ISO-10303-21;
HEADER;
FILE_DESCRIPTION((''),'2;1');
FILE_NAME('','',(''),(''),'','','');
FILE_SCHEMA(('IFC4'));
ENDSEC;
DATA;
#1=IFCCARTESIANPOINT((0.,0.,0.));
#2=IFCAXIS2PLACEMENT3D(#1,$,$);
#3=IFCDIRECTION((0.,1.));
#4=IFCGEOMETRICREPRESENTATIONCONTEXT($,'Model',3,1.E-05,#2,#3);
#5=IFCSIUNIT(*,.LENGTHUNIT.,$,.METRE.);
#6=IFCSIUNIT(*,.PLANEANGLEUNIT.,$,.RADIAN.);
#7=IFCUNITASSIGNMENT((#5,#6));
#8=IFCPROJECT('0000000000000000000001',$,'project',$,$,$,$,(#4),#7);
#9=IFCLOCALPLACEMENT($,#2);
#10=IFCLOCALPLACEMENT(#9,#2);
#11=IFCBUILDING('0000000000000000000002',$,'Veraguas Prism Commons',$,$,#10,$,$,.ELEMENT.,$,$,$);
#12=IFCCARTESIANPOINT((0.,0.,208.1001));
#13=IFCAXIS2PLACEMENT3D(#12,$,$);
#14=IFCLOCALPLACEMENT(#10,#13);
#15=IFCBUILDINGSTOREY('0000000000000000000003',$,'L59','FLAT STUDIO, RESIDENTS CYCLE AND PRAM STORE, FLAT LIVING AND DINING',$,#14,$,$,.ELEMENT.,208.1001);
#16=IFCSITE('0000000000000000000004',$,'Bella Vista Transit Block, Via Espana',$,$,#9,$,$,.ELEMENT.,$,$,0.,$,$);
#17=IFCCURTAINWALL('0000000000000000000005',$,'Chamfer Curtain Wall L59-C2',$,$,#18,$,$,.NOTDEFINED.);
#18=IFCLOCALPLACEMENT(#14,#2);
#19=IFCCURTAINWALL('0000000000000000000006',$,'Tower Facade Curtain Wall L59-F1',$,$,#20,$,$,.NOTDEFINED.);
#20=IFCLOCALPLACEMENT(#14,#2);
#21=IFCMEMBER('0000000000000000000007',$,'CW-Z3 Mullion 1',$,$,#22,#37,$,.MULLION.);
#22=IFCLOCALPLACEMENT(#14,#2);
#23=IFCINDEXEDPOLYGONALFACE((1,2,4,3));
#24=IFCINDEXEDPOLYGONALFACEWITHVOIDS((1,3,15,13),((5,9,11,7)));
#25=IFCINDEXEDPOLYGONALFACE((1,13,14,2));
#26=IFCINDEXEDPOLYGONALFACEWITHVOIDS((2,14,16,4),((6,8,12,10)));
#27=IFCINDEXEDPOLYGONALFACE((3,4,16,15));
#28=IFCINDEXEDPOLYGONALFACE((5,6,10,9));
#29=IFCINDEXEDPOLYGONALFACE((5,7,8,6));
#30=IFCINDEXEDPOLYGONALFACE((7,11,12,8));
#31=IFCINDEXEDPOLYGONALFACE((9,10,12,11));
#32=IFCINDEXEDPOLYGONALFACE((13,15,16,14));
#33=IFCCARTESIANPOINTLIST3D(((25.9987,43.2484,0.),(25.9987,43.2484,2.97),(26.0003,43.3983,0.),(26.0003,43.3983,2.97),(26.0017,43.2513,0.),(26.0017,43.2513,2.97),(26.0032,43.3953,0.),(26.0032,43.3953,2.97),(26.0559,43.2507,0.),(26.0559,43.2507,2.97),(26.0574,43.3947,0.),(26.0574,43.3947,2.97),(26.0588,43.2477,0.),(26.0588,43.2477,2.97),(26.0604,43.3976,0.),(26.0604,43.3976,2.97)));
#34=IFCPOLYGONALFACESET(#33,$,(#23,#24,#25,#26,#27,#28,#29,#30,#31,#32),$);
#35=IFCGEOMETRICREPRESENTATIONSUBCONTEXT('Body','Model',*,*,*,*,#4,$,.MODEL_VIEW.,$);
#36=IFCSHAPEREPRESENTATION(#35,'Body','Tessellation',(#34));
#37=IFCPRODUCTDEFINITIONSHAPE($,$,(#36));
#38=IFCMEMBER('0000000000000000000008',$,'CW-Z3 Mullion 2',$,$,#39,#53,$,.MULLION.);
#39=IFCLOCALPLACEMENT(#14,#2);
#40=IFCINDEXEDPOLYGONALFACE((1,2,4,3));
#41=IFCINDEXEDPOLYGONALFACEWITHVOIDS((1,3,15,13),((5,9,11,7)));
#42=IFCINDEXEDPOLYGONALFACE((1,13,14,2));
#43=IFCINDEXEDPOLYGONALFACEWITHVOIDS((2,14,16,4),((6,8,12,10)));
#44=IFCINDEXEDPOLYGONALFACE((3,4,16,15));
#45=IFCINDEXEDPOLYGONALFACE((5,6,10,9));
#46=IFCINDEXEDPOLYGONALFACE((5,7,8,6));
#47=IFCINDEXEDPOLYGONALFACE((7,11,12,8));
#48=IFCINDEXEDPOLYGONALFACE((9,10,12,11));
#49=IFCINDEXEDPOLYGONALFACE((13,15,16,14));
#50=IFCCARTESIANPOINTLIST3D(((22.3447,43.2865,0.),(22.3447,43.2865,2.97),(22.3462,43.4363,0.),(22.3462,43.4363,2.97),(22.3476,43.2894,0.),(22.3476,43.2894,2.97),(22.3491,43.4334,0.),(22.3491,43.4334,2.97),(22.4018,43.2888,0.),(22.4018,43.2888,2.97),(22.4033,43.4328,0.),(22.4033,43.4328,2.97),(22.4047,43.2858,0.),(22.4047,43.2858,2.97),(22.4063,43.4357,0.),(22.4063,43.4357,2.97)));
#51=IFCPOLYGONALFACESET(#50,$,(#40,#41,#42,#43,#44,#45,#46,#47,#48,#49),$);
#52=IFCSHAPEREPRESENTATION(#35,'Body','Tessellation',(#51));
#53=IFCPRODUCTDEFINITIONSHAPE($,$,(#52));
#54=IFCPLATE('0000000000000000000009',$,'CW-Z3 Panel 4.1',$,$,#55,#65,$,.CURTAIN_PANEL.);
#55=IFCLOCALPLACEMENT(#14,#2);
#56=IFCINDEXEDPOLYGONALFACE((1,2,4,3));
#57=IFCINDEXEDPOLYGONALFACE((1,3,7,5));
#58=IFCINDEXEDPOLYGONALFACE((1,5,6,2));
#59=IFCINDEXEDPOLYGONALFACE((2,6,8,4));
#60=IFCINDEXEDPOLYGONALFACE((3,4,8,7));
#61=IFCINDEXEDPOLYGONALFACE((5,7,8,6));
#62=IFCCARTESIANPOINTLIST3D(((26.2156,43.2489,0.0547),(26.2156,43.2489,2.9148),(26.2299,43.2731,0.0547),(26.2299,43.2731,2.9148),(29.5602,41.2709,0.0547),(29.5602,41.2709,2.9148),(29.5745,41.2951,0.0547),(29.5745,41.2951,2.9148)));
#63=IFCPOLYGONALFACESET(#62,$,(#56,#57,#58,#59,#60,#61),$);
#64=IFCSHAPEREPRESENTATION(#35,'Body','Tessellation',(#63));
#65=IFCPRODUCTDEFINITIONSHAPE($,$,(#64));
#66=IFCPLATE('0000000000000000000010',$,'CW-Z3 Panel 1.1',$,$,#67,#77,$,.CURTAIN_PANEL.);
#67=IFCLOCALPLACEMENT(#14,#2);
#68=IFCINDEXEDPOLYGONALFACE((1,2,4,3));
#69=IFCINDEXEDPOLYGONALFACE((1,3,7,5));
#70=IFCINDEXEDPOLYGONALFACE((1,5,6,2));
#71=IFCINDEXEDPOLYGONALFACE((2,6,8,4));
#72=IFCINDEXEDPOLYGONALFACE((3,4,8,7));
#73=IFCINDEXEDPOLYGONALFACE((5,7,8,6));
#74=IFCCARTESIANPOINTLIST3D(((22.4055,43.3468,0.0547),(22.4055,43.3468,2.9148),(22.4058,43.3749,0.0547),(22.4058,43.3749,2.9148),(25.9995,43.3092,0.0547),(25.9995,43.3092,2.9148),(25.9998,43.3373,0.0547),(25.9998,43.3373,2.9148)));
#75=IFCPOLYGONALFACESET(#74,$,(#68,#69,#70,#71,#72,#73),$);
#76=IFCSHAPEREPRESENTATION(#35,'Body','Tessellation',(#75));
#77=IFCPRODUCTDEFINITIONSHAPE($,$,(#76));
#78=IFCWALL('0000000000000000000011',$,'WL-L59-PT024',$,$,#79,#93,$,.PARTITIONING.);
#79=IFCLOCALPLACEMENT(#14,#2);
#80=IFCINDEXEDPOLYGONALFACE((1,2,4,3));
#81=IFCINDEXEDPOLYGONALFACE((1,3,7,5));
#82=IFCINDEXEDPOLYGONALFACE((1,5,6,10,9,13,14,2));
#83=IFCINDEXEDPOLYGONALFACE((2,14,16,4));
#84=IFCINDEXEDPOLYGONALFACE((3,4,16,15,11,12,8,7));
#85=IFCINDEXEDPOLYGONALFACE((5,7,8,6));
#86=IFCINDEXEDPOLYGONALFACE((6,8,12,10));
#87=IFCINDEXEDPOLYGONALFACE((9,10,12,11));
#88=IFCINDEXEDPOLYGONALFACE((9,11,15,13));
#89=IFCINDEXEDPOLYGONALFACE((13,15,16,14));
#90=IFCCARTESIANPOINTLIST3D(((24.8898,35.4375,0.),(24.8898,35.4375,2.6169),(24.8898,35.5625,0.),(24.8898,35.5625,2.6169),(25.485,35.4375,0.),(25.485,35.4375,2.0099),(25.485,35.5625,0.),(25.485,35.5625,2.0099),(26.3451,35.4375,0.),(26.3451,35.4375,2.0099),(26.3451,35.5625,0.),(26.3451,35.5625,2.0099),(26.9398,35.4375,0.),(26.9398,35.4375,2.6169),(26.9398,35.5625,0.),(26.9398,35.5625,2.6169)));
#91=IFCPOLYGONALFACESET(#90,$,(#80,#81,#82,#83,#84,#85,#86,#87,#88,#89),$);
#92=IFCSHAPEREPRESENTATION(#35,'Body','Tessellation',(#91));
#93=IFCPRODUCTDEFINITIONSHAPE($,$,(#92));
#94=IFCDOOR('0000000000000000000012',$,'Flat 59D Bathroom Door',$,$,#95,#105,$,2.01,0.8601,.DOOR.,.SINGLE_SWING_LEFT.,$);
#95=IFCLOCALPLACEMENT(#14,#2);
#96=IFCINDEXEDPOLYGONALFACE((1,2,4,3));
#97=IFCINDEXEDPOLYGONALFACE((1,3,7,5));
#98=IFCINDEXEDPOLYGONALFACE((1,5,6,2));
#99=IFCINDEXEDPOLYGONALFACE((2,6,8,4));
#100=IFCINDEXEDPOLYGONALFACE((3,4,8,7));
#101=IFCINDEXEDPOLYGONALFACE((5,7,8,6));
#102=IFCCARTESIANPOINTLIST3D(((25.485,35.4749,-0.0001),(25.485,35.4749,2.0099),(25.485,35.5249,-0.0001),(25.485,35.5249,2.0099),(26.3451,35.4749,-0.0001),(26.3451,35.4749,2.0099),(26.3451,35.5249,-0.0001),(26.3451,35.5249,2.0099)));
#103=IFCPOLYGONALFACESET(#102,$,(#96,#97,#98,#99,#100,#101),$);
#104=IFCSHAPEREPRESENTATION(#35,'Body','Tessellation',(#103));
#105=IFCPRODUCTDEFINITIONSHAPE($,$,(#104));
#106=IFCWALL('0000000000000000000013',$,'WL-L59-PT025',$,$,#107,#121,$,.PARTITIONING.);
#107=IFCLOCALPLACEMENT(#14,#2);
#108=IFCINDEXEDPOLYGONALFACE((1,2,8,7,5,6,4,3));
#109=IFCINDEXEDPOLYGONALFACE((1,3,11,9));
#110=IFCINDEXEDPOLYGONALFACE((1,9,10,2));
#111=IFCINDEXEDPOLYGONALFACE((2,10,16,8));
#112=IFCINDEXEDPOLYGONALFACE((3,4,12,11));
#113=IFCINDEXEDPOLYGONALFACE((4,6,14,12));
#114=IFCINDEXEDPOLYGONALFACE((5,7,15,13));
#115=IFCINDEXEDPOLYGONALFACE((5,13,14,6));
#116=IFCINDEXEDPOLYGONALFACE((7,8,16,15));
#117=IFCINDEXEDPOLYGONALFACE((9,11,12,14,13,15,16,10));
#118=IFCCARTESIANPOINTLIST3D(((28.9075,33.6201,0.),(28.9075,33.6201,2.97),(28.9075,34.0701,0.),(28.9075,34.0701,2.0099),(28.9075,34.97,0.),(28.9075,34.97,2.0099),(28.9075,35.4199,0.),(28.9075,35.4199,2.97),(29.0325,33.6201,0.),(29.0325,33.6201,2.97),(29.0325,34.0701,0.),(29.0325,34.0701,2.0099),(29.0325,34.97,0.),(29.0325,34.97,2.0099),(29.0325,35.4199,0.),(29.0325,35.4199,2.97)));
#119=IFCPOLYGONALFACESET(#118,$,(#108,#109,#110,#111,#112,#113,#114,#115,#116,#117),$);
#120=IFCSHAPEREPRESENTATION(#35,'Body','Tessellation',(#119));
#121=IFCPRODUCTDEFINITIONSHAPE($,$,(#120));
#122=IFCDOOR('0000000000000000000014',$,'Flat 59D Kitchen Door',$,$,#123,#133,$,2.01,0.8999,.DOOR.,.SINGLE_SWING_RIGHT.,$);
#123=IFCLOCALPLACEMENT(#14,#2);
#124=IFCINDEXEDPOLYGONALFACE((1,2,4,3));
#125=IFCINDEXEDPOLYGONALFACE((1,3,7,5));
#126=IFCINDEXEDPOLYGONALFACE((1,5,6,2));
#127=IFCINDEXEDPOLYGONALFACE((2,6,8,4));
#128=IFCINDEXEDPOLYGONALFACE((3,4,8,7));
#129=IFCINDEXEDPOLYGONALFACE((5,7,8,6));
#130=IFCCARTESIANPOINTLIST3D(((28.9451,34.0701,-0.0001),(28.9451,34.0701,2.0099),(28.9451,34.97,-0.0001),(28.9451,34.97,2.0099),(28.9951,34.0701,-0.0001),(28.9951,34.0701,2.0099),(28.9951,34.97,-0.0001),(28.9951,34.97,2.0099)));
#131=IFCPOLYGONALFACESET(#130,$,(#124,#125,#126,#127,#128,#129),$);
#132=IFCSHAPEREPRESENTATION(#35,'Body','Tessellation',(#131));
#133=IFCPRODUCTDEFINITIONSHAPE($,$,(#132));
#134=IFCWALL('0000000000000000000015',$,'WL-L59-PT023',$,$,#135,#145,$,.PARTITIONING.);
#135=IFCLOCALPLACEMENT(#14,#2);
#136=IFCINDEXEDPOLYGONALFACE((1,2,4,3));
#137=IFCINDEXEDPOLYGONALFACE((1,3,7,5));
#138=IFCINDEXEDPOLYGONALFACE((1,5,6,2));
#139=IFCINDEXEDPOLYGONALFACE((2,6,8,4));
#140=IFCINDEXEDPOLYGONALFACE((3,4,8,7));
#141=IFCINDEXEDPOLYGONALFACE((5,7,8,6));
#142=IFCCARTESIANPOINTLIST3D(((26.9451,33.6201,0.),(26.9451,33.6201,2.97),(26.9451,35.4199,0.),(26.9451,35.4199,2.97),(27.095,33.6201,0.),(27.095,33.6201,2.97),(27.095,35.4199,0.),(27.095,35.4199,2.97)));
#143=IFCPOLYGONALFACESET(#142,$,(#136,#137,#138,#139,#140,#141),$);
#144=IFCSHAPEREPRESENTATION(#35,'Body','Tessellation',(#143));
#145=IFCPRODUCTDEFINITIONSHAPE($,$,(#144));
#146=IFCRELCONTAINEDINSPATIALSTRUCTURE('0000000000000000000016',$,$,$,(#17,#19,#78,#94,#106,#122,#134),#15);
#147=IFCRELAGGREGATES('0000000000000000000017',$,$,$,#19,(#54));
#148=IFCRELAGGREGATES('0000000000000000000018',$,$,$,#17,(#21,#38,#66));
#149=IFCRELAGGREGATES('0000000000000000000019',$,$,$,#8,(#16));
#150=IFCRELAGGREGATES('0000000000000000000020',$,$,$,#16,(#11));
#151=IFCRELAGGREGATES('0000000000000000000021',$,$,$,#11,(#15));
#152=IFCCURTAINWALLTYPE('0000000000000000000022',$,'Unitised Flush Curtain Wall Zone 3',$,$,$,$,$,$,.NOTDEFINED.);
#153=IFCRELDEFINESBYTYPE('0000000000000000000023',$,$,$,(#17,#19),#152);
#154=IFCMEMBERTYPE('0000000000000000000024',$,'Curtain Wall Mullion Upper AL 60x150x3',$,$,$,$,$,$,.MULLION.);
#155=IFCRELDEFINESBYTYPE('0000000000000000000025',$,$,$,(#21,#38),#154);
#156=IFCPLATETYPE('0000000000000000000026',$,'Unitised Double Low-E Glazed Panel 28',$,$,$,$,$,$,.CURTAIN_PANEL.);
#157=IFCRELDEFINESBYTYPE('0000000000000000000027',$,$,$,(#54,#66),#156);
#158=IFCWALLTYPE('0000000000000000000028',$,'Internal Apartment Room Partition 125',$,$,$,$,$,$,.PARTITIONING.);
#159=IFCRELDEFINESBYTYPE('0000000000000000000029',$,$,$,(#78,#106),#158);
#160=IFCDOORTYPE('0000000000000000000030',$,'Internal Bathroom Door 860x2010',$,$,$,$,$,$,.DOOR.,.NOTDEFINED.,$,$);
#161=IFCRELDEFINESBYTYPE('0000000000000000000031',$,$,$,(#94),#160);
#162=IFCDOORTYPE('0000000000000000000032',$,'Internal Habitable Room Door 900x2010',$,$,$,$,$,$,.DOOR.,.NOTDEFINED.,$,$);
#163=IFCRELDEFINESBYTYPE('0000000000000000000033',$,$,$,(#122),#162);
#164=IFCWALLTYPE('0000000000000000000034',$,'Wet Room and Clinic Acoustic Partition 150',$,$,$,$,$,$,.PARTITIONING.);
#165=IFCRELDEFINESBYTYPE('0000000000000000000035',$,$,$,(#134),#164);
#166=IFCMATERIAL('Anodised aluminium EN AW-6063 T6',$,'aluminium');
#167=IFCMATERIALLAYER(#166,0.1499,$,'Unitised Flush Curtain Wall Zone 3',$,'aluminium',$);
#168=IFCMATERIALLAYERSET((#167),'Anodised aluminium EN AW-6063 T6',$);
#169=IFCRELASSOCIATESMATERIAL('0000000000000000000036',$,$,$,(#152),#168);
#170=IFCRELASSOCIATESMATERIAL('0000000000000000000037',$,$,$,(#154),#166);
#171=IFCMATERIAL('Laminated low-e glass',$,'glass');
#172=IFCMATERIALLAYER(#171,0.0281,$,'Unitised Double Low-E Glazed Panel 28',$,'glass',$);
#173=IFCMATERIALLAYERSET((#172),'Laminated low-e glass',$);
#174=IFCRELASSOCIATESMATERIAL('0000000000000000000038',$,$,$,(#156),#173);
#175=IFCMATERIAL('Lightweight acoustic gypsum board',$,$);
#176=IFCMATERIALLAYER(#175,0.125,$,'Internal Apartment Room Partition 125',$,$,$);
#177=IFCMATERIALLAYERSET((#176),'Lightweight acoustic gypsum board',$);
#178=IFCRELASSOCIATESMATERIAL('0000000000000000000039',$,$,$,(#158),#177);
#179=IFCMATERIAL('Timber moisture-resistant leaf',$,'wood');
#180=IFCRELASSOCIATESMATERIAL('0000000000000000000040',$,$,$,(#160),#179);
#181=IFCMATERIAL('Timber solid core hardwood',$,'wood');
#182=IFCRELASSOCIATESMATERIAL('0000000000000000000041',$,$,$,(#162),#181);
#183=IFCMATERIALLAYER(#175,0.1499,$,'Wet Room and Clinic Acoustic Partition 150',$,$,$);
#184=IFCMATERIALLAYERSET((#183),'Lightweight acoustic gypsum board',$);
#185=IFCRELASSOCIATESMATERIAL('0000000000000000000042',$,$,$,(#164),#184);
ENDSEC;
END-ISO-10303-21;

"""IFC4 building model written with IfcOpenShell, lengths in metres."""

from ifc_helpers import new_model, si_unit, direction, frame, frame_2d, origin, origin_2d, place, context, subcontext, project, spatial, rectangle, hollow_rectangle, extrude, source, transform, mapped, material, layer, layer_set, material_profile, profile_set, type_object, element, fill, aggregate, save


model = new_model("IFC4")

# Units and contexts
model_context = context("Model", 3, precision=1e-05, world=origin(), true_north=direction((0.0, 1.0)))
body_context = subcontext(model_context, "Body", "Model", "MODEL_VIEW")
ifc_project = project(units=[si_unit("LENGTHUNIT", "METRE"), si_unit("PLANEANGLEUNIT", "RADIAN")], contexts=[model_context])

# Site, building, storey
site_placement = place(None, origin())
site = spatial("IfcSite", under=ifc_project, at=site_placement, Name="Bella Vista Transit Block, Via Espana", CompositionType="ELEMENT", RefElevation=0.0)
building_placement = place(site_placement, origin())
building = spatial("IfcBuilding", under=site, at=building_placement, Name="Veraguas Prism Commons", CompositionType="ELEMENT")
storey_placement = place(building_placement, frame((0.0, 0.0, 208.1001)))
storey = spatial("IfcBuildingStorey", under=building, at=storey_placement, Name="L59", Description="FLAT STUDIO, RESIDENTS CYCLE AND PRAM STORE, FLAT LIVING AND DINING", CompositionType="ELEMENT", Elevation=208.1001)

# Curtain wall
ifc_material_1 = material(Name="Anodised aluminium EN AW-6063 T6", Category="aluminium")
ifc_layer_1 = layer(ifc_material_1, 0.1499, Name="Unitised Flush Curtain Wall Zone 3", Category="aluminium")
ifc_layer_set_1 = layer_set([ifc_layer_1], Name="Anodised aluminium EN AW-6063 T6")
curtain_wall_type = type_object("IfcCurtainWallType", Name="Unitised Flush Curtain Wall Zone 3", PredefinedType="NOTDEFINED", material=ifc_layer_set_1)
curtain_wall_1_placement = place(storey_placement, origin())
curtain_wall_1 = element("IfcCurtainWall", 1, at=curtain_wall_1_placement, inside=storey, type_object=curtain_wall_type, Name="Chamfer Curtain Wall L59-C2", PredefinedType="NOTDEFINED")

# Curtain wall
curtain_wall_2_placement = place(storey_placement, origin())
curtain_wall_2 = element("IfcCurtainWall", 2, at=curtain_wall_2_placement, inside=storey, type_object=curtain_wall_type, Name="Tower Facade Curtain Wall L59-F1", PredefinedType="NOTDEFINED")
ifc_material_profile_1 = material_profile(ifc_material_1, hollow_rectangle(XDim=0.0601, YDim=0.1499, WallThickness=0.0029, at=origin_2d()), Name="AL60X150X3")
ifc_profile_set_1 = profile_set([ifc_material_profile_1], Name="Anodised aluminium EN AW-6063 T6")
member_type_1 = type_object("IfcMemberType", Name="Curtain Wall Mullion Upper AL 60x150x3", PredefinedType="MULLION", material=ifc_profile_set_1)
shared_shape_1 = source(origin(), body_context, "Body", "SweptSolid", [
    extrude(hollow_rectangle(XDim=0.0601, YDim=0.1499, WallThickness=0.0029, at=origin_2d()), origin(), (0.0, 0.0, 1.0), 2.97),
])

# Members
member_1_placement = place(storey_placement, frame((26.0295, 43.323, 0.0), z_axis=(0.0, 0.0, 1.0), x_axis=(-0.999945, 0.010474, 0.0)))
member_1 = element("IfcMember", 3, at=member_1_placement, type_object=member_type_1, Name="CW-Z3 Mullion 1", PredefinedType="MULLION", context=body_context, shape_type="MappedRepresentation", body=[
    mapped(shared_shape_1, transform((0.0, 0.0, 0.0), scale=1.0)),
])
member_2_placement = place(storey_placement, frame((22.3755, 43.3611, 0.0), z_axis=(0.0, 0.0, 1.0), x_axis=(-0.999945, 0.010474, 0.0)))
member_2 = element("IfcMember", 4, at=member_2_placement, type_object=member_type_1, Name="CW-Z3 Mullion 2", PredefinedType="MULLION", context=body_context, shape_type="MappedRepresentation", body=[
    mapped(shared_shape_1, transform((0.0, 0.0, 0.0), scale=1.0)),
])

# Plates
ifc_material_2 = material(Name="Laminated low-e glass", Category="glass")
ifc_layer_2 = layer(ifc_material_2, 0.0281, Name="Unitised Double Low-E Glazed Panel 28", Category="glass")
ifc_layer_set_2 = layer_set([ifc_layer_2], Name="Laminated low-e glass")
plate_type = type_object("IfcPlateType", Name="Unitised Double Low-E Glazed Panel 28", PredefinedType="CURTAIN_PANEL", material=ifc_layer_set_2)
shared_shape_2 = source(origin(), body_context, "Body", "SweptSolid", [
    extrude(rectangle(XDim=3.8857, YDim=0.0281, at=origin_2d()), origin(), (0.0, 0.0, 1.0), 2.8601),
])
plate_1_placement = place(storey_placement, frame((27.895, 42.272, 0.0547), z_axis=(0.0, 0.0, 1.0), x_axis=(-0.860741, 0.509043, 0.0)))
plate_1 = element("IfcPlate", 5, at=plate_1_placement, type_object=plate_type, Name="CW-Z3 Panel 4.1", PredefinedType="CURTAIN_PANEL", context=body_context, shape_type="MappedRepresentation", body=[
    mapped(shared_shape_2, transform((0.0, 0.0, 0.0), scale=1.0)),
])
aggregate(curtain_wall_2, [plate_1])
shared_shape_3 = source(origin(), body_context, "Body", "SweptSolid", [
    extrude(rectangle(XDim=3.5942, YDim=0.0281, at=origin_2d()), origin(), (0.0, 0.0, 1.0), 2.8601),
])
plate_2_placement = place(storey_placement, frame((24.2026, 43.342, 0.0547), z_axis=(0.0, 0.0, 1.0), x_axis=(-0.999945, 0.010474, 0.0)))
plate_2 = element("IfcPlate", 6, at=plate_2_placement, type_object=plate_type, Name="CW-Z3 Panel 1.1", PredefinedType="CURTAIN_PANEL", context=body_context, shape_type="MappedRepresentation", body=[
    mapped(shared_shape_3, transform((0.0, 0.0, 0.0), scale=1.0)),
])
aggregate(curtain_wall_1, [member_1, member_2, plate_2])

# Walls, openings, doors
ifc_material_3 = material(Name="Lightweight acoustic gypsum board")
ifc_layer_3 = layer(ifc_material_3, 0.125, Name="Internal Apartment Room Partition 125")
ifc_layer_set_3 = layer_set([ifc_layer_3], Name="Lightweight acoustic gypsum board")
wall_type_1 = type_object("IfcWallType", Name="Internal Apartment Room Partition 125", PredefinedType="PARTITIONING", material=ifc_layer_set_3)
wall_1_placement = place(storey_placement, frame((24.8899, 35.5, 0.0), z_axis=(0.0, 0.0, 1.0), x_axis=(1.0, 0.0, 0.0)))
wall_1 = element("IfcWall", 7, at=wall_1_placement, inside=storey, type_object=wall_type_1, Name="WL-L59-PT024", PredefinedType="PARTITIONING", context=body_context, shape_type="SweptSolid", body=[
    extrude(rectangle(XDim=2.05, YDim=0.125, at=frame_2d((1.0249, 0.0))), origin(), (0.0, 0.0, 1.0), 2.6169),
])
opening_1_placement = place(wall_1_placement, frame((0.595, 0.0, 0.0)))
opening_1 = element("IfcOpeningElement", 8, at=opening_1_placement, cuts=wall_1, PredefinedType="OPENING", context=body_context, shape_type="SweptSolid", body=[
    extrude(rectangle(XDim=0.8601, YDim=2.01, at=frame_2d((0.4302, 1.0049))), frame((0.0, 0.0725, 0.0), z_axis=(0.0, -1.0, 0.0), x_axis=(1.0, 0.0, 0.0)), (0.0, 0.0, 1.0), 0.145),
])
ifc_material_4 = material(Name="Timber moisture-resistant leaf", Category="wood")
door_type_1 = type_object("IfcDoorType", Name="Internal Bathroom Door 860x2010", OperationType="NOTDEFINED", PredefinedType="DOOR", material=ifc_material_4)
shared_shape_4 = source(origin(), body_context, "Body", "SweptSolid", [
    extrude(rectangle(XDim=0.8601, YDim=2.01, at=frame_2d((0.4302, 1.0049))), frame((0.0, 0.0249, 0.0), z_axis=(0.0, -1.0, 0.0), x_axis=(1.0, 0.0, 0.0)), (0.0, 0.0, 1.0), 0.05),
])
door_1_placement = place(opening_1_placement, origin())
door_1 = element("IfcDoor", 9, at=door_1_placement, inside=storey, type_object=door_type_1, Name="Flat 59D Bathroom Door", OperationType="SINGLE_SWING_LEFT", OverallHeight=2.01, OverallWidth=0.8601, PredefinedType="DOOR", context=body_context, shape_type="MappedRepresentation", body=[
    mapped(shared_shape_4, transform((0.0, 0.0, 0.0), scale=1.0)),
])
fill(opening_1, door_1)
wall_2_placement = place(storey_placement, frame((28.97, 33.6201, 0.0), z_axis=(0.0, 0.0, 1.0), x_axis=(0.0, 1.0, 0.0)))
wall_2 = element("IfcWall", 10, at=wall_2_placement, inside=storey, type_object=wall_type_1, Name="WL-L59-PT025", PredefinedType="PARTITIONING", context=body_context, shape_type="SweptSolid", body=[
    extrude(rectangle(XDim=1.7998, YDim=0.125, at=frame_2d((0.8999, 0.0))), origin(), (0.0, 0.0, 1.0), 2.97),
])
opening_2_placement = place(wall_2_placement, frame((0.45, 0.0, 0.0)))
opening_2 = element("IfcOpeningElement", 11, at=opening_2_placement, cuts=wall_2, PredefinedType="OPENING", context=body_context, shape_type="SweptSolid", body=[
    extrude(rectangle(XDim=0.8999, YDim=2.01, at=frame_2d((0.45, 1.0049))), frame((0.0, 0.0725, 0.0), z_axis=(0.0, -1.0, 0.0), x_axis=(1.0, 0.0, 0.0)), (0.0, 0.0, 1.0), 0.145),
])
ifc_material_5 = material(Name="Timber solid core hardwood", Category="wood")
door_type_2 = type_object("IfcDoorType", Name="Internal Habitable Room Door 900x2010", OperationType="NOTDEFINED", PredefinedType="DOOR", material=ifc_material_5)
shared_shape_5 = source(origin(), body_context, "Body", "SweptSolid", [
    extrude(rectangle(XDim=0.8999, YDim=2.01, at=frame_2d((0.45, 1.0049))), frame((0.0, 0.0249, 0.0), z_axis=(0.0, -1.0, 0.0), x_axis=(1.0, 0.0, 0.0)), (0.0, 0.0, 1.0), 0.05),
])
door_2_placement = place(opening_2_placement, origin())
door_2 = element("IfcDoor", 12, at=door_2_placement, inside=storey, type_object=door_type_2, Name="Flat 59D Kitchen Door", OperationType="SINGLE_SWING_RIGHT", OverallHeight=2.01, OverallWidth=0.8999, PredefinedType="DOOR", context=body_context, shape_type="MappedRepresentation", body=[
    mapped(shared_shape_5, transform((0.0, 0.0, 0.0), scale=1.0)),
])
fill(opening_2, door_2)

# Wall
ifc_layer_4 = layer(ifc_material_3, 0.1499, Name="Wet Room and Clinic Acoustic Partition 150")
ifc_layer_set_4 = layer_set([ifc_layer_4], Name="Lightweight acoustic gypsum board")
wall_type_2 = type_object("IfcWallType", Name="Wet Room and Clinic Acoustic Partition 150", PredefinedType="PARTITIONING", material=ifc_layer_set_4)
wall_3_placement = place(storey_placement, frame((27.02, 33.6201, 0.0), z_axis=(0.0, 0.0, 1.0), x_axis=(0.0, 1.0, 0.0)))
element("IfcWall", 13, at=wall_3_placement, inside=storey, type_object=wall_type_2, Name="WL-L59-PT023", PredefinedType="PARTITIONING", context=body_context, shape_type="SweptSolid", body=[
    extrude(rectangle(XDim=1.7998, YDim=0.1499, at=frame_2d((0.8999, 0.0))), origin(), (0.0, 0.0, 1.0), 2.97),
])

save(model, "model.ifc")
